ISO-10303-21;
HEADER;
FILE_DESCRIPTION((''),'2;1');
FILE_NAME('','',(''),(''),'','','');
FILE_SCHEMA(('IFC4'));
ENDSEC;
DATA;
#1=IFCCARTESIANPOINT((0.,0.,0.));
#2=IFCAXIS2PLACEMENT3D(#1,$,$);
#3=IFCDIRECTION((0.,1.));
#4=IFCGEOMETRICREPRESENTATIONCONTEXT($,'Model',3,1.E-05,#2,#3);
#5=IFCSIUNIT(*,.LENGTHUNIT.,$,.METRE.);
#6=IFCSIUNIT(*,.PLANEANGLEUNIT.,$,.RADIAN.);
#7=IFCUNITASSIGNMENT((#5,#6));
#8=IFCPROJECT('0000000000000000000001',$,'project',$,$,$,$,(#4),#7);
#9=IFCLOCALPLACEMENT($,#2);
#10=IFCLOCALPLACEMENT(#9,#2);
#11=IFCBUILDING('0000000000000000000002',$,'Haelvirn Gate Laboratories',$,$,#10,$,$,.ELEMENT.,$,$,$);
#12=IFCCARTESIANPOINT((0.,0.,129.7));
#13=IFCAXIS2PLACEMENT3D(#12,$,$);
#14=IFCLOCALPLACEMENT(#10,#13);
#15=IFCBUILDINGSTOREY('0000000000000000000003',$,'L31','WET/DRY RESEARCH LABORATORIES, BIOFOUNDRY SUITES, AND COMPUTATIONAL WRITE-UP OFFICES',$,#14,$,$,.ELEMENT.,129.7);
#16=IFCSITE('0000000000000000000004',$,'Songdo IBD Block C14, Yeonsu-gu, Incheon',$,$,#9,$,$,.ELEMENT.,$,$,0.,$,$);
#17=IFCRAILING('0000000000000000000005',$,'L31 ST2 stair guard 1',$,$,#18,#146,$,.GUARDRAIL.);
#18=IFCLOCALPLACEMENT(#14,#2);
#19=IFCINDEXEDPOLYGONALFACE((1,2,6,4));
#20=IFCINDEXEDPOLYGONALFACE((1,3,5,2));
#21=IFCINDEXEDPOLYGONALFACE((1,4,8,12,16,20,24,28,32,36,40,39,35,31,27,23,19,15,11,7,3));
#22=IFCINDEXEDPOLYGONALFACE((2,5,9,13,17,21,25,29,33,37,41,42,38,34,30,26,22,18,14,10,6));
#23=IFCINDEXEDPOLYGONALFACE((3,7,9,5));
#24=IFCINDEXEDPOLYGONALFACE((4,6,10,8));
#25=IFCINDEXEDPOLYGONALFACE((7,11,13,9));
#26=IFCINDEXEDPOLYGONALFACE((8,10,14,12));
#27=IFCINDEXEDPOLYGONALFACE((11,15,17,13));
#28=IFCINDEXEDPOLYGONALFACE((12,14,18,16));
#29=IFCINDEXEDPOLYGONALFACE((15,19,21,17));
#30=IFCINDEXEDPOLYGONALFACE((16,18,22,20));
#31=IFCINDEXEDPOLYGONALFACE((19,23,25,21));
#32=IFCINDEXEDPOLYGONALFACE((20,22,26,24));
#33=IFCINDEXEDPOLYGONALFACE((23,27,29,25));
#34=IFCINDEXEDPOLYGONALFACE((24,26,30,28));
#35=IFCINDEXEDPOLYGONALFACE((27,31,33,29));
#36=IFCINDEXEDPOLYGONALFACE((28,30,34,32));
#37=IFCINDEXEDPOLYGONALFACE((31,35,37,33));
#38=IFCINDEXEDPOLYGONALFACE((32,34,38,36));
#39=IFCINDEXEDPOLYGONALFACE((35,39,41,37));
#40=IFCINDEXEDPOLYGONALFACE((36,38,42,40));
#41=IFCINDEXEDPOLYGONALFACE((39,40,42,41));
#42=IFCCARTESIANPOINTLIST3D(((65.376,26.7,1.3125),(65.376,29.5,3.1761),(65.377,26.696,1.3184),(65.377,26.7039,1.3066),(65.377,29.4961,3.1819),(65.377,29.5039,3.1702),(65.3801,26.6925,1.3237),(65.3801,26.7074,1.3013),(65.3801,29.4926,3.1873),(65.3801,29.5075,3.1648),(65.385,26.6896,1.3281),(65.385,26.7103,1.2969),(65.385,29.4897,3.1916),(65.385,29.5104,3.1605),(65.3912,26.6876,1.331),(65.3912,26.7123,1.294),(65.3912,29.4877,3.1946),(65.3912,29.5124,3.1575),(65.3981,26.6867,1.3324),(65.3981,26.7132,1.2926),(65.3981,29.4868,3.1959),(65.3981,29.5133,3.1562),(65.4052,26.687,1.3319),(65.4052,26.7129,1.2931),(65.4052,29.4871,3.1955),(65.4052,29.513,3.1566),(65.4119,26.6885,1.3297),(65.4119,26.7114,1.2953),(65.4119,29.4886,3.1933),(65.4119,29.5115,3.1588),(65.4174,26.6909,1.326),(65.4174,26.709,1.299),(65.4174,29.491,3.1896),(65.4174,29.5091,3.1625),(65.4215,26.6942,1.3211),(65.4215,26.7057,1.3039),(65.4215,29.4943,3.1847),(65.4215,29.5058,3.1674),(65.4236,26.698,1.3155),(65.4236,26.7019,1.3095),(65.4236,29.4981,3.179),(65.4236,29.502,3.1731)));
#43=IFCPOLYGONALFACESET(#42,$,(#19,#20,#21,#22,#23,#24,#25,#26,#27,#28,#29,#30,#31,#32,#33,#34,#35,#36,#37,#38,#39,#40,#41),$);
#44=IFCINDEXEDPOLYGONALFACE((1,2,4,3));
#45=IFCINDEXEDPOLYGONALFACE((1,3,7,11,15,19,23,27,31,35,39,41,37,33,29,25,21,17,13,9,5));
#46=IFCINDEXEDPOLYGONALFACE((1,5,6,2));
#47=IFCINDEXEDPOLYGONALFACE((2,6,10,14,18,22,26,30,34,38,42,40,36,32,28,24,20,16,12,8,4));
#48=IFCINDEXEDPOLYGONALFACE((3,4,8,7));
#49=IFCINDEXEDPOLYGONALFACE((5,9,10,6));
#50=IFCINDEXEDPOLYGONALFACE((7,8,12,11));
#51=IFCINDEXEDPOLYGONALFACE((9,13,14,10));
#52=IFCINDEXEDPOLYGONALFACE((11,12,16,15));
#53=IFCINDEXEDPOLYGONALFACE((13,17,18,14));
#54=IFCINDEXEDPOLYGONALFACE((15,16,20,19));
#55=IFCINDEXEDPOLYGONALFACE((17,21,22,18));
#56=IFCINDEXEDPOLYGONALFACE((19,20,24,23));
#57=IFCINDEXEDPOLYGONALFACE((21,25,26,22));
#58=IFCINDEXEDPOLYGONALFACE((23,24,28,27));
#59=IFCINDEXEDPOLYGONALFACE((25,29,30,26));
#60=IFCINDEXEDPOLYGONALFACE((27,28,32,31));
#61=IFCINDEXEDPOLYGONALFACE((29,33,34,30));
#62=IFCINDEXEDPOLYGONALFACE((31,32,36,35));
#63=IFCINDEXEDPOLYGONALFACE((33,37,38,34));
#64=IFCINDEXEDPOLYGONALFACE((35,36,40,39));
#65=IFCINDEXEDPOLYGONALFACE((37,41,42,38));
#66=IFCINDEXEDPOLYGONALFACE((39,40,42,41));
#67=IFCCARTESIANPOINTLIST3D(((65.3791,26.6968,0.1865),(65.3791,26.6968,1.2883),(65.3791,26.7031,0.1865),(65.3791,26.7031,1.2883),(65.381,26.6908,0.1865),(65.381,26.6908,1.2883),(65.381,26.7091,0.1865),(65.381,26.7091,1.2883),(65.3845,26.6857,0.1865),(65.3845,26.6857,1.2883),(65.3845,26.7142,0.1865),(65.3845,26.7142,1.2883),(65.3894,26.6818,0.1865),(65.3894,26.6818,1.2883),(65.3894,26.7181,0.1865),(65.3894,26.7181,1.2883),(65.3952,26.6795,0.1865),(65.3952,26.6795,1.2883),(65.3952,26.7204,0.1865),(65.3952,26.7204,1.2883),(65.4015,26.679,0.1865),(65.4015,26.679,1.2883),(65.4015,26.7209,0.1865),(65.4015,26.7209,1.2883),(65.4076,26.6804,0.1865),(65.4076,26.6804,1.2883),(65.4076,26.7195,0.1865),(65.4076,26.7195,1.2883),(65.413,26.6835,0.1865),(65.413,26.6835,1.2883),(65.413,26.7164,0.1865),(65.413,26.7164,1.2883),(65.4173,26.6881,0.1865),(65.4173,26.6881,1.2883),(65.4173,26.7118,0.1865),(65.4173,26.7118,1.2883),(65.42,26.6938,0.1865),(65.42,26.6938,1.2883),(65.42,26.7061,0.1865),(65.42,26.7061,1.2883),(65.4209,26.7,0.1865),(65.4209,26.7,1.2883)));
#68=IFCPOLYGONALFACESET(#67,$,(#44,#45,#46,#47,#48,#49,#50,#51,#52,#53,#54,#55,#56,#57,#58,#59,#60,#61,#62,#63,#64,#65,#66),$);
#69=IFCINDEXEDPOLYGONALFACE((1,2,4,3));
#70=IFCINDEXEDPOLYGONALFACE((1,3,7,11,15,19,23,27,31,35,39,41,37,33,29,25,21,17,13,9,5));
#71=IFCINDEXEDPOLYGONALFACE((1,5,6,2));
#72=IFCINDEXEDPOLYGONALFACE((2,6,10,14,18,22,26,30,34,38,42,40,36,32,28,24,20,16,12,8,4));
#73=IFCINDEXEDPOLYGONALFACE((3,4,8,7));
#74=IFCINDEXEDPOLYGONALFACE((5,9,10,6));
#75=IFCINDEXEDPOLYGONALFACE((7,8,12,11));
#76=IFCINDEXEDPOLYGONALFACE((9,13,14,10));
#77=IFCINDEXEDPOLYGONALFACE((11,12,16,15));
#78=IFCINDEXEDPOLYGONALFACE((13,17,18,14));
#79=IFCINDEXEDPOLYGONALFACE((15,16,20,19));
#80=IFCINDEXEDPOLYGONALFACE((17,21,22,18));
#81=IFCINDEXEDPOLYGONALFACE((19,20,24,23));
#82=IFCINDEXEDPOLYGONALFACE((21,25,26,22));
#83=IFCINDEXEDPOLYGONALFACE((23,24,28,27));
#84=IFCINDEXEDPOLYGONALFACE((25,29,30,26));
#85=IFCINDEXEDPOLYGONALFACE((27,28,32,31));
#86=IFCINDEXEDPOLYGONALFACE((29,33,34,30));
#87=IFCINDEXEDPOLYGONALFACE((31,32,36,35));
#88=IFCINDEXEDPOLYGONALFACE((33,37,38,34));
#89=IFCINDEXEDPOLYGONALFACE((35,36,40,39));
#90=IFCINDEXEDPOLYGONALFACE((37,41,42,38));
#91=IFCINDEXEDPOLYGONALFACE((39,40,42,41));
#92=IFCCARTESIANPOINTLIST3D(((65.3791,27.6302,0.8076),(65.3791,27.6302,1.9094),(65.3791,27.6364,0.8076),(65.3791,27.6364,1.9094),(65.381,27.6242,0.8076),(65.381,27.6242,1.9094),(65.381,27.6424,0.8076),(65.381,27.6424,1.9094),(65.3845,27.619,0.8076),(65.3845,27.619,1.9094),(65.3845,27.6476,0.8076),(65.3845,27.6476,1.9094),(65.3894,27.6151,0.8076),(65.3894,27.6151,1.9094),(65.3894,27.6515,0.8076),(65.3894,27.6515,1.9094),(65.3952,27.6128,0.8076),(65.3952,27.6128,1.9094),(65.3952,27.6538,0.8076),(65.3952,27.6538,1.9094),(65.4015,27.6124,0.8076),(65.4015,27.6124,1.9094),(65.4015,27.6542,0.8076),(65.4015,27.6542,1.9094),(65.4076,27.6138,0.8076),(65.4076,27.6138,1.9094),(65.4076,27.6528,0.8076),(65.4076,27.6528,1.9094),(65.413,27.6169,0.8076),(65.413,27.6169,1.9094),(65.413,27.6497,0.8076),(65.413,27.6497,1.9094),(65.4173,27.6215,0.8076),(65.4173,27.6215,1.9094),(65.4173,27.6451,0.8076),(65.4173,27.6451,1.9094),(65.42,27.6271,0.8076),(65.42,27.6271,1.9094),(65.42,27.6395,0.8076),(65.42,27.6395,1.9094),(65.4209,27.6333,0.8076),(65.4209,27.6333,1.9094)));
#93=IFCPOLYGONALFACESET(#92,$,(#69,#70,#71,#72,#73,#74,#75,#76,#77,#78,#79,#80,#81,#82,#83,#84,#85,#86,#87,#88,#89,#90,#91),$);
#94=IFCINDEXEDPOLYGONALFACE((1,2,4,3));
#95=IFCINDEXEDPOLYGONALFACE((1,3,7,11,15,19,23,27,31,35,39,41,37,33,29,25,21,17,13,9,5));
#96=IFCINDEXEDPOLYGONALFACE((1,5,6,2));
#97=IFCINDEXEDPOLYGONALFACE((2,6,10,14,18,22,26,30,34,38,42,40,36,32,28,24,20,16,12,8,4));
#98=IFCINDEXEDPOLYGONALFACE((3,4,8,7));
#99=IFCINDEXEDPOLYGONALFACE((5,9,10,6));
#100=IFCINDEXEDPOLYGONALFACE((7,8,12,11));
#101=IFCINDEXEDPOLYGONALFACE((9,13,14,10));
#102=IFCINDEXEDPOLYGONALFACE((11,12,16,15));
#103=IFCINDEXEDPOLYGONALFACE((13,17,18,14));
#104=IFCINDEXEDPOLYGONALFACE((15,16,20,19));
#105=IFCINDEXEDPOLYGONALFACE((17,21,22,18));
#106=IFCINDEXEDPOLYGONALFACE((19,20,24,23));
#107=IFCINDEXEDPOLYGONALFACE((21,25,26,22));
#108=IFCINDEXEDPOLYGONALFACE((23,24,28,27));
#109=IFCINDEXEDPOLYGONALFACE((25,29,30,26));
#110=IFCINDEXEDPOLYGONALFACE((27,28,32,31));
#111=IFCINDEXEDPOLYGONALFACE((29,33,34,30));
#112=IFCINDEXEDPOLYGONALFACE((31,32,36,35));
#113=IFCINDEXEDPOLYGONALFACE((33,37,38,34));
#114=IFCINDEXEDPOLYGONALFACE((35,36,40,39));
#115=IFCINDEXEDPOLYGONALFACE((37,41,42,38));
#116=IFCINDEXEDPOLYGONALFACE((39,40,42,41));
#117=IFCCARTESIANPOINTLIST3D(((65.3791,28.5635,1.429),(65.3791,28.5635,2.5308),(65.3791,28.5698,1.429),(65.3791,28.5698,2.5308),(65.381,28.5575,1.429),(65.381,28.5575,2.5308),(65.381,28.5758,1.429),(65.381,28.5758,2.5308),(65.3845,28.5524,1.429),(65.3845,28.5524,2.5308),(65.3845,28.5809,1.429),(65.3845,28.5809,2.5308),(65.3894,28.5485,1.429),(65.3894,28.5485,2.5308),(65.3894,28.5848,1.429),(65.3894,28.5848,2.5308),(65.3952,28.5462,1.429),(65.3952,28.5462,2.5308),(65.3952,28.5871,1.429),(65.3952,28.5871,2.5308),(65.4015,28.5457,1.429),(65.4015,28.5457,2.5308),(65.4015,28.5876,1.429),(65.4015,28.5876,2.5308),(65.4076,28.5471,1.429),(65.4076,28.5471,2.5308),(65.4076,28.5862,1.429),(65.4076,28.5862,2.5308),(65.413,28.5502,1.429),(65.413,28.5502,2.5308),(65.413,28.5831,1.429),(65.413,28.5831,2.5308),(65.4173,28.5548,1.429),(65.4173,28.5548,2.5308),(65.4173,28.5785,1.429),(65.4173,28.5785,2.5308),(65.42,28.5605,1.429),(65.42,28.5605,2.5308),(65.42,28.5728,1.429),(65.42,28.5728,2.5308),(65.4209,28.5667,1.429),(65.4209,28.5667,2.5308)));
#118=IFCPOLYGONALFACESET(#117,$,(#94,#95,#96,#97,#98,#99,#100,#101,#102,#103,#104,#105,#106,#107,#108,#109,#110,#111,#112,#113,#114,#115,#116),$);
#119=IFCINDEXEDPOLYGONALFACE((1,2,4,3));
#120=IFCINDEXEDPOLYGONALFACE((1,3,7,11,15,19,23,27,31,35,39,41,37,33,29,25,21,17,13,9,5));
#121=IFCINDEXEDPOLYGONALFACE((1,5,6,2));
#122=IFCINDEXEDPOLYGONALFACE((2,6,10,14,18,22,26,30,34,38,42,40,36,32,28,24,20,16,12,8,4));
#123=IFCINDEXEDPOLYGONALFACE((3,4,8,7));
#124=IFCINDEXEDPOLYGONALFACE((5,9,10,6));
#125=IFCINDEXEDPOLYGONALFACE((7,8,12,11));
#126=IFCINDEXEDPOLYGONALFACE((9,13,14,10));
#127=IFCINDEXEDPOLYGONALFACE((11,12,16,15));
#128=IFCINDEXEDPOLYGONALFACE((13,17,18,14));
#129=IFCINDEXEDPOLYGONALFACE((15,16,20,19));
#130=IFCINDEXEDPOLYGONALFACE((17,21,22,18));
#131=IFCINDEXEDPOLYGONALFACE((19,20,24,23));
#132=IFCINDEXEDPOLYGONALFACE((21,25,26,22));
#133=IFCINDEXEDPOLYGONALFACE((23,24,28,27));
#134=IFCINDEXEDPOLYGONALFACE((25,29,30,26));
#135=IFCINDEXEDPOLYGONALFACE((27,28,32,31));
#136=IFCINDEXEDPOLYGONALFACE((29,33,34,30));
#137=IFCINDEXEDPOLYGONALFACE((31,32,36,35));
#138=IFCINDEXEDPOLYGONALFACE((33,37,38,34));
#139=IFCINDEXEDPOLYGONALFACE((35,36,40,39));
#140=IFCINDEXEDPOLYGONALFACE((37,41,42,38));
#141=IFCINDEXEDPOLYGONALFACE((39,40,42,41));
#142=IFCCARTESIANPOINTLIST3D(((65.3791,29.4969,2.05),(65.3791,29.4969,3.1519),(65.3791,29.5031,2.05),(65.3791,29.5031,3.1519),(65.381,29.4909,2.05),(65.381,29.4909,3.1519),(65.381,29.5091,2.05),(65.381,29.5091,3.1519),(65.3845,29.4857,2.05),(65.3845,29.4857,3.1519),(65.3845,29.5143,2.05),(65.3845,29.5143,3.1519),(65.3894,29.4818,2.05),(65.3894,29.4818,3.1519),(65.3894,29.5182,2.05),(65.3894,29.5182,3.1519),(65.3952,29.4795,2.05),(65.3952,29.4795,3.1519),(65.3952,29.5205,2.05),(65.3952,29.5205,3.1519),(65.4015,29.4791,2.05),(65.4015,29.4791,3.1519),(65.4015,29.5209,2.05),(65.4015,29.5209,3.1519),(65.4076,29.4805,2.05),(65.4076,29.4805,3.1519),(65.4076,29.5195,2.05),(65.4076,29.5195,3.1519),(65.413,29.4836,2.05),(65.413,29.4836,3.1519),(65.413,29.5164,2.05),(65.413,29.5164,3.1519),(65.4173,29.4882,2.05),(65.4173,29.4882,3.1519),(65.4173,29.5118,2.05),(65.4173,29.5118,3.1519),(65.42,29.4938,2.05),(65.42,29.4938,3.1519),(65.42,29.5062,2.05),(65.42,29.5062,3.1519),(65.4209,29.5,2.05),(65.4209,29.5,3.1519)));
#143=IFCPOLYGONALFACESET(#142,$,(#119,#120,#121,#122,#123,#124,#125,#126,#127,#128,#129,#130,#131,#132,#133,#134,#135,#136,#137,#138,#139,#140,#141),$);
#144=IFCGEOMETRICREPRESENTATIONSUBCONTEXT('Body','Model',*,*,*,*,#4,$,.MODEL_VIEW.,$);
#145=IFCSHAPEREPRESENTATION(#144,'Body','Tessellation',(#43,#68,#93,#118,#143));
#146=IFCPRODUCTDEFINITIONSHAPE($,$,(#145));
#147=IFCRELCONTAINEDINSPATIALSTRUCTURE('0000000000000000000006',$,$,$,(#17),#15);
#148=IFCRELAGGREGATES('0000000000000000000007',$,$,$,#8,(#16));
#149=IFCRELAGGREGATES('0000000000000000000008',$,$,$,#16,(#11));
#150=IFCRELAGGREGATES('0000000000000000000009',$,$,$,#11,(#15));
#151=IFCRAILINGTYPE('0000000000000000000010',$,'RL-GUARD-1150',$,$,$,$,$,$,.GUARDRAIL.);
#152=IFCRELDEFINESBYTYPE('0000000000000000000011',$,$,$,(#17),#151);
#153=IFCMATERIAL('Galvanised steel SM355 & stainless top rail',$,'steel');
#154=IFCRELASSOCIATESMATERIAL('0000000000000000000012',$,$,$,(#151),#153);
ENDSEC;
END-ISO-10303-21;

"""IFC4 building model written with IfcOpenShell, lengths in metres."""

from ifc_helpers import new_model, si_unit, direction, frame, origin, origin_2d, place, context, subcontext, project, spatial, circle, extrude, source, transform, mapped, material, type_object, element, save


model = new_model("IFC4")

# Units and contexts
model_context = context("Model", 3, precision=1e-05, world=origin(), true_north=direction((0.0, 1.0)))
body_context = subcontext(model_context, "Body", "Model", "MODEL_VIEW")
ifc_project = project(units=[si_unit("LENGTHUNIT", "METRE"), si_unit("PLANEANGLEUNIT", "RADIAN")], contexts=[model_context])

# Site, building, storey
site_placement = place(None, origin())
site = spatial("IfcSite", under=ifc_project, at=site_placement, Name="Songdo IBD Block C14, Yeonsu-gu, Incheon", CompositionType="ELEMENT", RefElevation=0.0)
building_placement = place(site_placement, origin())
building = spatial("IfcBuilding", under=site, at=building_placement, Name="Haelvirn Gate Laboratories", CompositionType="ELEMENT")
storey_placement = place(building_placement, frame((0.0, 0.0, 129.7)))
storey = spatial("IfcBuildingStorey", under=building, at=storey_placement, Name="L31", Description="WET/DRY RESEARCH LABORATORIES, BIOFOUNDRY SUITES, AND COMPUTATIONAL WRITE-UP OFFICES", CompositionType="ELEMENT", Elevation=129.7)

# Railing
ifc_material_1 = material(Name="Galvanised steel SM355 & stainless top rail", Category="steel")
railing_type_1 = type_object("IfcRailingType", Name="RL-GUARD-1150", PredefinedType="GUARDRAIL", material=ifc_material_1)
shared_shape_1 = source(origin(), body_context, "Body", "SweptSolid", [
    extrude(circle(Radius=0.0239, at=origin_2d()), frame((0.0, 0.0, 1.126), z_axis=(0.0, 0.832486, 0.554047), x_axis=(-1.0, 0.0, 0.0)), (0.0, 0.0, 1.0), 3.3635),
    extrude(circle(Radius=0.021, at=origin_2d()), origin(), (0.0, 0.0, 1.0), 1.1018),
    extrude(circle(Radius=0.021, at=origin_2d()), frame((0.0, 0.9333, 0.6211)), (0.0, 0.0, 1.0), 1.1018),
    extrude(circle(Radius=0.021, at=origin_2d()), frame((0.0, 1.8667, 1.2424)), (0.0, 0.0, 1.0), 1.1018),
    extrude(circle(Radius=0.021, at=origin_2d()), frame((0.0, 2.8, 1.8635)), (0.0, 0.0, 1.0), 1.1018),
])
railing_1_placement = place(storey_placement, frame((65.3999, 26.7, 0.1865)))
element("IfcRailing", 1, at=railing_1_placement, inside=storey, type_object=railing_type_1, Name="L31 ST2 stair guard 1", PredefinedType="GUARDRAIL", context=body_context, shape_type="MappedRepresentation", body=[
    mapped(shared_shape_1, transform((0.0, 0.0, 0.0), scale=1.0)),
])

save(model, "model.ifc")
